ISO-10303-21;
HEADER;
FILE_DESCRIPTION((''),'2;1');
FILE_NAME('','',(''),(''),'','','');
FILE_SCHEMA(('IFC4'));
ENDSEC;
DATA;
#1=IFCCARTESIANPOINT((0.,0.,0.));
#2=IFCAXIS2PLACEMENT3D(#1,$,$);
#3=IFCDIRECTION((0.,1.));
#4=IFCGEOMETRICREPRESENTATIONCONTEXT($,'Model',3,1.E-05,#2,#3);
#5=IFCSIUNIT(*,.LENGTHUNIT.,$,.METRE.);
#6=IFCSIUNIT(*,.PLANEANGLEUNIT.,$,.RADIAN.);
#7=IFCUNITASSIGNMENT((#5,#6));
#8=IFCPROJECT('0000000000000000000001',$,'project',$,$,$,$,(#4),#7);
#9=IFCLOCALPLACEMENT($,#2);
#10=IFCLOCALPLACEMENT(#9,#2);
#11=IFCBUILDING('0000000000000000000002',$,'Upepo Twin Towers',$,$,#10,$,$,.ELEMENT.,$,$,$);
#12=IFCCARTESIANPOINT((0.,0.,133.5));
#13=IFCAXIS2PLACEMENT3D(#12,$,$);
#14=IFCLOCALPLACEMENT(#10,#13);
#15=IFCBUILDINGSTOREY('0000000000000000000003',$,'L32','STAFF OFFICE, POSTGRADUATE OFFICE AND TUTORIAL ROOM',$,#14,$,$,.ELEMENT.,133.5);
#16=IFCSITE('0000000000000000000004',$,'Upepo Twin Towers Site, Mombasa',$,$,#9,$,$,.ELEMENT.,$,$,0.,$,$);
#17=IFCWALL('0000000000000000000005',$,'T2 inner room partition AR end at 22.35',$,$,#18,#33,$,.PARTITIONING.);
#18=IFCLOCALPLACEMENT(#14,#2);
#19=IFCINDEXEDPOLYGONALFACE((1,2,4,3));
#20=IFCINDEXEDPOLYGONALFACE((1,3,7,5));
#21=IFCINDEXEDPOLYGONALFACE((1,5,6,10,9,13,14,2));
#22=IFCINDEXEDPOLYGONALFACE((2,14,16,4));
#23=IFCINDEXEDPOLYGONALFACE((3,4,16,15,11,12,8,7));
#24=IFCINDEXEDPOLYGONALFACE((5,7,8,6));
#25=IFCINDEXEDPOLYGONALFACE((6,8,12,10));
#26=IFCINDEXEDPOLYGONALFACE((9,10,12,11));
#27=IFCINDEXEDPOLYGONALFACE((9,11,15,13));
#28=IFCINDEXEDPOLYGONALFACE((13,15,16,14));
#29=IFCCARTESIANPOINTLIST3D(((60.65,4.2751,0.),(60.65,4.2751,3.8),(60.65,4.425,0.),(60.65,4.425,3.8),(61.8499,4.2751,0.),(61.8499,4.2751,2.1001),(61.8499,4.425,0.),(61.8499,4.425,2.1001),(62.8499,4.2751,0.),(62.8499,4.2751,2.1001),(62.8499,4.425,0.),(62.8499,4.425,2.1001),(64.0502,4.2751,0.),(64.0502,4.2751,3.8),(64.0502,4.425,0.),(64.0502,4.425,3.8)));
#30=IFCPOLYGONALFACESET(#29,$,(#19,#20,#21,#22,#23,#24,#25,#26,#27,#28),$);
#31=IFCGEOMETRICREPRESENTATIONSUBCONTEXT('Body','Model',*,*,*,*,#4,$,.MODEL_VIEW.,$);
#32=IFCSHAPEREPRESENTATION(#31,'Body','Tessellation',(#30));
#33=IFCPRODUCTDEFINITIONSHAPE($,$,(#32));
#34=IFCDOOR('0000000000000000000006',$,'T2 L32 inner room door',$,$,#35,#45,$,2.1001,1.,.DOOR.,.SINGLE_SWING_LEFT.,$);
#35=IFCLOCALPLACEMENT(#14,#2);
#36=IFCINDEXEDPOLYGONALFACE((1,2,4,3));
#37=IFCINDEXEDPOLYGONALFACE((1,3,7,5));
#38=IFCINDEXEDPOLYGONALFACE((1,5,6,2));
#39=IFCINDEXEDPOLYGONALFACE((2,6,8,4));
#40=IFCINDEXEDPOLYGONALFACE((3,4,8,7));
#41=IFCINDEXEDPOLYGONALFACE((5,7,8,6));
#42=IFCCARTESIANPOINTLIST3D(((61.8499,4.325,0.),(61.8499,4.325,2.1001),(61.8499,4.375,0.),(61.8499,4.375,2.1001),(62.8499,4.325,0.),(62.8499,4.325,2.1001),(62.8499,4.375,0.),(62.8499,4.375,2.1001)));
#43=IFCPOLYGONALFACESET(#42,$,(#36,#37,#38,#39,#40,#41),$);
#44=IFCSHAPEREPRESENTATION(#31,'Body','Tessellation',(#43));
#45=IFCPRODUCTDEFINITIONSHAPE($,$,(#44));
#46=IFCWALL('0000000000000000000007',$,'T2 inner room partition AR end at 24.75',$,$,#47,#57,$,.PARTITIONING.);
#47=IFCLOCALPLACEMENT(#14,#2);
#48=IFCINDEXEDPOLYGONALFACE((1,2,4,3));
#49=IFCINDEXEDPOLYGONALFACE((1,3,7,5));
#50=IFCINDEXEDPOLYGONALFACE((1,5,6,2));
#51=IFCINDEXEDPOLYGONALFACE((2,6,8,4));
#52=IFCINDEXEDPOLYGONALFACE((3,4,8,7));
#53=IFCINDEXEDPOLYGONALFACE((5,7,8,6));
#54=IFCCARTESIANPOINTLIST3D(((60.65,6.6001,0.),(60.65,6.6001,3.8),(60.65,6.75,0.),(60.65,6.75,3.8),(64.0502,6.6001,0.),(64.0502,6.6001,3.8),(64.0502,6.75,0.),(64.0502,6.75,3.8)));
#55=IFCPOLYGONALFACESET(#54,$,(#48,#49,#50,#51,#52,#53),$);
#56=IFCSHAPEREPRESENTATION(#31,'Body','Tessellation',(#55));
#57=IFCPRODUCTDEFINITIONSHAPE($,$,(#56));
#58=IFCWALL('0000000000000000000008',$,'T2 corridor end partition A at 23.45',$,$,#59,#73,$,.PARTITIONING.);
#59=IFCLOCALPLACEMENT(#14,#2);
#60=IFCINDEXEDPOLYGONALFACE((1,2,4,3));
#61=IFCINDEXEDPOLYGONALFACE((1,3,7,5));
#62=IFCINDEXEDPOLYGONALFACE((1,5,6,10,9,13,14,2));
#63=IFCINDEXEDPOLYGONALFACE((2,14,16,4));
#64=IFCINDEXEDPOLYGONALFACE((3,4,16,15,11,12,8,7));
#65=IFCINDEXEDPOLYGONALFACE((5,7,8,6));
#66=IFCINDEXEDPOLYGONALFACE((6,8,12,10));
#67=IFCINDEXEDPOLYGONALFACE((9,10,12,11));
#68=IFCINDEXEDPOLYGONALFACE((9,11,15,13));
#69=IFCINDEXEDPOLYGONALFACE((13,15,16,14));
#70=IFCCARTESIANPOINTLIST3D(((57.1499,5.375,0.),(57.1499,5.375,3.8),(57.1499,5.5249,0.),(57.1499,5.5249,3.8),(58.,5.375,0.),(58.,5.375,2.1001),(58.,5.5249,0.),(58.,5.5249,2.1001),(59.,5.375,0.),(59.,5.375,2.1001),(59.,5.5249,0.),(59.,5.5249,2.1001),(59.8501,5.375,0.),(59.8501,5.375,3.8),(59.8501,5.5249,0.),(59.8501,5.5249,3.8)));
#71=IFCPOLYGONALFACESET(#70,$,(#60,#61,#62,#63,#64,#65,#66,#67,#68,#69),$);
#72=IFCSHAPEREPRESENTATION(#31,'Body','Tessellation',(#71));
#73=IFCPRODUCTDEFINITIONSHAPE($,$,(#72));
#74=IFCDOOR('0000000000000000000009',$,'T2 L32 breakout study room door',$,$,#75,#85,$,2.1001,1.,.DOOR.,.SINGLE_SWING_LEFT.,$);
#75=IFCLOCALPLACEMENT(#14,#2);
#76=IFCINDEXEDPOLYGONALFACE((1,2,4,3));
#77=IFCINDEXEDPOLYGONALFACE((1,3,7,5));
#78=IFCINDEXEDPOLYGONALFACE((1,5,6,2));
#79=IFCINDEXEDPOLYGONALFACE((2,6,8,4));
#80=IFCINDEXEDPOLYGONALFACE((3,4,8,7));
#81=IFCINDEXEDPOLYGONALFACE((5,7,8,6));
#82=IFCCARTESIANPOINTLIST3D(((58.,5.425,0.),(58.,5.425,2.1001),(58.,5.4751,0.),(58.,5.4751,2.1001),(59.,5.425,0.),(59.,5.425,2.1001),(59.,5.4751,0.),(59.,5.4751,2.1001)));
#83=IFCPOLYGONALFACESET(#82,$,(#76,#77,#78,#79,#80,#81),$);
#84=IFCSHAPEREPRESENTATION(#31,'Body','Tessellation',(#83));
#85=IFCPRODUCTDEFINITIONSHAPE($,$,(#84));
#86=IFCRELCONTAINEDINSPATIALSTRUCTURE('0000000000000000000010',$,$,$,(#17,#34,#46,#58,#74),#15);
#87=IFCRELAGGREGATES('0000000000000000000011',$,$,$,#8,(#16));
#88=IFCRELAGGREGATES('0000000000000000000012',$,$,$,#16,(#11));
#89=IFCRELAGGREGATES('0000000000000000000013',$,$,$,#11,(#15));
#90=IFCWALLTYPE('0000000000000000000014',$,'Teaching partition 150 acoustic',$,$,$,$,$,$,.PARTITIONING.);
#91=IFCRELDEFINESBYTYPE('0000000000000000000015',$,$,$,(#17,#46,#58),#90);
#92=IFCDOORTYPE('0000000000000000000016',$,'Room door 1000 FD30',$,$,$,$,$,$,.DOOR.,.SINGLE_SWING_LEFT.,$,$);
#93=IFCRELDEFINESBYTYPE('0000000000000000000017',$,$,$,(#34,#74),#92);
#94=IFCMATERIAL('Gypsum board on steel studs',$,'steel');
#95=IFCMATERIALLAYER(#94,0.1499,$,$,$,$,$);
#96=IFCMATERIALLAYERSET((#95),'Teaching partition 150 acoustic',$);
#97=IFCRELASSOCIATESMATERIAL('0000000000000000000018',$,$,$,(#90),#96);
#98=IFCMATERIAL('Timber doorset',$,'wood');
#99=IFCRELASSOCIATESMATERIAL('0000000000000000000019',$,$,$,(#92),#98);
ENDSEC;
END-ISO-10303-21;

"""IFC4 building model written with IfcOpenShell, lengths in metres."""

from ifc_helpers import new_model, si_unit, direction, frame, frame_2d, origin, place, context, subcontext, project, spatial, rectangle, extrude, material, layer, layer_set, type_object, element, fill, save


model = new_model("IFC4")

# Units and contexts
model_context = context("Model", 3, precision=1e-05, world=origin(), true_north=direction((0.0, 1.0)))
body_context = subcontext(model_context, "Body", "Model", "MODEL_VIEW")
ifc_project = project(units=[si_unit("LENGTHUNIT", "METRE"), si_unit("PLANEANGLEUNIT", "RADIAN")], contexts=[model_context])

# Site, building, storey
site_placement = place(None, origin())
site = spatial("IfcSite", under=ifc_project, at=site_placement, Name="Upepo Twin Towers Site, Mombasa", CompositionType="ELEMENT", RefElevation=0.0)
building_placement = place(site_placement, origin())
building = spatial("IfcBuilding", under=site, at=building_placement, Name="Upepo Twin Towers", CompositionType="ELEMENT")
storey_placement = place(building_placement, frame((0.0, 0.0, 133.5)))
storey = spatial("IfcBuildingStorey", under=building, at=storey_placement, Name="L32", Description="STAFF OFFICE, POSTGRADUATE OFFICE AND TUTORIAL ROOM", CompositionType="ELEMENT", Elevation=133.5)

# Shared definitions
ifc_material_1 = material(Name="Gypsum board on steel studs", Category="steel")
ifc_layer_1 = layer(ifc_material_1, 0.1499)
ifc_layer_set_1 = layer_set([ifc_layer_1], Name="Teaching partition 150 acoustic")
wall_type_1 = type_object("IfcWallType", Name="Teaching partition 150 acoustic", PredefinedType="PARTITIONING", material=ifc_layer_set_1)

# Wall, opening, door
wall_1_placement = place(storey_placement, frame((60.6499, 4.3501, 0.0), z_axis=(0.0, 0.0, 1.0), x_axis=(1.0, 0.0, 0.0)))
wall_1 = element("IfcWall", 1, at=wall_1_placement, inside=storey, type_object=wall_type_1, Name="T2 inner room partition AR end at 22.35", PredefinedType="PARTITIONING", context=body_context, shape_type="SweptSolid", body=[
    extrude(rectangle(XDim=3.4001, YDim=0.1499, at=frame_2d((1.7002, 0.0))), origin(), (0.0, 0.0, 1.0), 3.8),
])
opening_1_placement = place(wall_1_placement, frame((1.2, 0.0, 0.0)))
opening_1 = element("IfcOpeningElement", 2, at=opening_1_placement, cuts=wall_1, PredefinedType="OPENING", context=body_context, shape_type="SweptSolid", body=[
    extrude(rectangle(XDim=1.0, YDim=2.1001, at=frame_2d((0.5, 1.05))), frame((0.0, 0.085, 0.0), z_axis=(0.0, -1.0, 0.0), x_axis=(1.0, 0.0, 0.0)), (0.0, 0.0, 1.0), 0.1699),
])
ifc_material_2 = material(Name="Timber doorset", Category="wood")
door_type = type_object("IfcDoorType", Name="Room door 1000 FD30", OperationType="SINGLE_SWING_LEFT", PredefinedType="DOOR", material=ifc_material_2)
door_1_placement = place(opening_1_placement, origin())
door_1 = element("IfcDoor", 3, at=door_1_placement, inside=storey, type_object=door_type, Name="T2 L32 inner room door", OperationType="SINGLE_SWING_LEFT", OverallHeight=2.1001, OverallWidth=1.0, PredefinedType="DOOR", context=body_context, shape_type="SweptSolid", body=[
    extrude(rectangle(XDim=1.0, YDim=2.1001, at=frame_2d((0.5, 1.05))), frame((0.0, 0.0249, 0.0), z_axis=(0.0, -1.0, 0.0), x_axis=(1.0, 0.0, 0.0)), (0.0, 0.0, 1.0), 0.05),
])
fill(opening_1, door_1)

# Wall
wall_2_placement = place(storey_placement, frame((60.6499, 6.675, 0.0), z_axis=(0.0, 0.0, 1.0), x_axis=(1.0, 0.0, 0.0)))
element("IfcWall", 4, at=wall_2_placement, inside=storey, type_object=wall_type_1, Name="T2 inner room partition AR end at 24.75", PredefinedType="PARTITIONING", context=body_context, shape_type="SweptSolid", body=[
    extrude(rectangle(XDim=3.4001, YDim=0.1499, at=frame_2d((1.7002, 0.0))), origin(), (0.0, 0.0, 1.0), 3.8),
])

# Wall, opening, door
wall_3_placement = place(storey_placement, frame((59.8501, 5.45, 0.0), z_axis=(0.0, 0.0, 1.0), x_axis=(-1.0, 0.0, 0.0)))
wall_3 = element("IfcWall", 5, at=wall_3_placement, inside=storey, type_object=wall_type_1, Name="T2 corridor end partition A at 23.45", PredefinedType="PARTITIONING", context=body_context, shape_type="SweptSolid", body=[
    extrude(rectangle(XDim=2.7002, YDim=0.1499, at=frame_2d((1.3501, 0.0))), origin(), (0.0, 0.0, 1.0), 3.8),
])
opening_2_placement = place(wall_3_placement, frame((0.8501, 0.0, 0.0)))
opening_2 = element("IfcOpeningElement", 6, at=opening_2_placement, cuts=wall_3, PredefinedType="OPENING", context=body_context, shape_type="SweptSolid", body=[
    extrude(rectangle(XDim=1.0, YDim=2.1001, at=frame_2d((0.5, 1.05))), frame((0.0, 0.085, 0.0), z_axis=(0.0, -1.0, 0.0), x_axis=(1.0, 0.0, 0.0)), (0.0, 0.0, 1.0), 0.1699),
])
door_2_placement = place(opening_2_placement, origin())
door_2 = element("IfcDoor", 7, at=door_2_placement, inside=storey, type_object=door_type, Name="T2 L32 breakout study room door", OperationType="SINGLE_SWING_LEFT", OverallHeight=2.1001, OverallWidth=1.0, PredefinedType="DOOR", context=body_context, shape_type="SweptSolid", body=[
    extrude(rectangle(XDim=1.0, YDim=2.1001, at=frame_2d((0.5, 1.05))), frame((0.0, 0.0249, 0.0), z_axis=(0.0, -1.0, 0.0), x_axis=(1.0, 0.0, 0.0)), (0.0, 0.0, 1.0), 0.05),
])
fill(opening_2, door_2)

save(model, "model.ifc")
